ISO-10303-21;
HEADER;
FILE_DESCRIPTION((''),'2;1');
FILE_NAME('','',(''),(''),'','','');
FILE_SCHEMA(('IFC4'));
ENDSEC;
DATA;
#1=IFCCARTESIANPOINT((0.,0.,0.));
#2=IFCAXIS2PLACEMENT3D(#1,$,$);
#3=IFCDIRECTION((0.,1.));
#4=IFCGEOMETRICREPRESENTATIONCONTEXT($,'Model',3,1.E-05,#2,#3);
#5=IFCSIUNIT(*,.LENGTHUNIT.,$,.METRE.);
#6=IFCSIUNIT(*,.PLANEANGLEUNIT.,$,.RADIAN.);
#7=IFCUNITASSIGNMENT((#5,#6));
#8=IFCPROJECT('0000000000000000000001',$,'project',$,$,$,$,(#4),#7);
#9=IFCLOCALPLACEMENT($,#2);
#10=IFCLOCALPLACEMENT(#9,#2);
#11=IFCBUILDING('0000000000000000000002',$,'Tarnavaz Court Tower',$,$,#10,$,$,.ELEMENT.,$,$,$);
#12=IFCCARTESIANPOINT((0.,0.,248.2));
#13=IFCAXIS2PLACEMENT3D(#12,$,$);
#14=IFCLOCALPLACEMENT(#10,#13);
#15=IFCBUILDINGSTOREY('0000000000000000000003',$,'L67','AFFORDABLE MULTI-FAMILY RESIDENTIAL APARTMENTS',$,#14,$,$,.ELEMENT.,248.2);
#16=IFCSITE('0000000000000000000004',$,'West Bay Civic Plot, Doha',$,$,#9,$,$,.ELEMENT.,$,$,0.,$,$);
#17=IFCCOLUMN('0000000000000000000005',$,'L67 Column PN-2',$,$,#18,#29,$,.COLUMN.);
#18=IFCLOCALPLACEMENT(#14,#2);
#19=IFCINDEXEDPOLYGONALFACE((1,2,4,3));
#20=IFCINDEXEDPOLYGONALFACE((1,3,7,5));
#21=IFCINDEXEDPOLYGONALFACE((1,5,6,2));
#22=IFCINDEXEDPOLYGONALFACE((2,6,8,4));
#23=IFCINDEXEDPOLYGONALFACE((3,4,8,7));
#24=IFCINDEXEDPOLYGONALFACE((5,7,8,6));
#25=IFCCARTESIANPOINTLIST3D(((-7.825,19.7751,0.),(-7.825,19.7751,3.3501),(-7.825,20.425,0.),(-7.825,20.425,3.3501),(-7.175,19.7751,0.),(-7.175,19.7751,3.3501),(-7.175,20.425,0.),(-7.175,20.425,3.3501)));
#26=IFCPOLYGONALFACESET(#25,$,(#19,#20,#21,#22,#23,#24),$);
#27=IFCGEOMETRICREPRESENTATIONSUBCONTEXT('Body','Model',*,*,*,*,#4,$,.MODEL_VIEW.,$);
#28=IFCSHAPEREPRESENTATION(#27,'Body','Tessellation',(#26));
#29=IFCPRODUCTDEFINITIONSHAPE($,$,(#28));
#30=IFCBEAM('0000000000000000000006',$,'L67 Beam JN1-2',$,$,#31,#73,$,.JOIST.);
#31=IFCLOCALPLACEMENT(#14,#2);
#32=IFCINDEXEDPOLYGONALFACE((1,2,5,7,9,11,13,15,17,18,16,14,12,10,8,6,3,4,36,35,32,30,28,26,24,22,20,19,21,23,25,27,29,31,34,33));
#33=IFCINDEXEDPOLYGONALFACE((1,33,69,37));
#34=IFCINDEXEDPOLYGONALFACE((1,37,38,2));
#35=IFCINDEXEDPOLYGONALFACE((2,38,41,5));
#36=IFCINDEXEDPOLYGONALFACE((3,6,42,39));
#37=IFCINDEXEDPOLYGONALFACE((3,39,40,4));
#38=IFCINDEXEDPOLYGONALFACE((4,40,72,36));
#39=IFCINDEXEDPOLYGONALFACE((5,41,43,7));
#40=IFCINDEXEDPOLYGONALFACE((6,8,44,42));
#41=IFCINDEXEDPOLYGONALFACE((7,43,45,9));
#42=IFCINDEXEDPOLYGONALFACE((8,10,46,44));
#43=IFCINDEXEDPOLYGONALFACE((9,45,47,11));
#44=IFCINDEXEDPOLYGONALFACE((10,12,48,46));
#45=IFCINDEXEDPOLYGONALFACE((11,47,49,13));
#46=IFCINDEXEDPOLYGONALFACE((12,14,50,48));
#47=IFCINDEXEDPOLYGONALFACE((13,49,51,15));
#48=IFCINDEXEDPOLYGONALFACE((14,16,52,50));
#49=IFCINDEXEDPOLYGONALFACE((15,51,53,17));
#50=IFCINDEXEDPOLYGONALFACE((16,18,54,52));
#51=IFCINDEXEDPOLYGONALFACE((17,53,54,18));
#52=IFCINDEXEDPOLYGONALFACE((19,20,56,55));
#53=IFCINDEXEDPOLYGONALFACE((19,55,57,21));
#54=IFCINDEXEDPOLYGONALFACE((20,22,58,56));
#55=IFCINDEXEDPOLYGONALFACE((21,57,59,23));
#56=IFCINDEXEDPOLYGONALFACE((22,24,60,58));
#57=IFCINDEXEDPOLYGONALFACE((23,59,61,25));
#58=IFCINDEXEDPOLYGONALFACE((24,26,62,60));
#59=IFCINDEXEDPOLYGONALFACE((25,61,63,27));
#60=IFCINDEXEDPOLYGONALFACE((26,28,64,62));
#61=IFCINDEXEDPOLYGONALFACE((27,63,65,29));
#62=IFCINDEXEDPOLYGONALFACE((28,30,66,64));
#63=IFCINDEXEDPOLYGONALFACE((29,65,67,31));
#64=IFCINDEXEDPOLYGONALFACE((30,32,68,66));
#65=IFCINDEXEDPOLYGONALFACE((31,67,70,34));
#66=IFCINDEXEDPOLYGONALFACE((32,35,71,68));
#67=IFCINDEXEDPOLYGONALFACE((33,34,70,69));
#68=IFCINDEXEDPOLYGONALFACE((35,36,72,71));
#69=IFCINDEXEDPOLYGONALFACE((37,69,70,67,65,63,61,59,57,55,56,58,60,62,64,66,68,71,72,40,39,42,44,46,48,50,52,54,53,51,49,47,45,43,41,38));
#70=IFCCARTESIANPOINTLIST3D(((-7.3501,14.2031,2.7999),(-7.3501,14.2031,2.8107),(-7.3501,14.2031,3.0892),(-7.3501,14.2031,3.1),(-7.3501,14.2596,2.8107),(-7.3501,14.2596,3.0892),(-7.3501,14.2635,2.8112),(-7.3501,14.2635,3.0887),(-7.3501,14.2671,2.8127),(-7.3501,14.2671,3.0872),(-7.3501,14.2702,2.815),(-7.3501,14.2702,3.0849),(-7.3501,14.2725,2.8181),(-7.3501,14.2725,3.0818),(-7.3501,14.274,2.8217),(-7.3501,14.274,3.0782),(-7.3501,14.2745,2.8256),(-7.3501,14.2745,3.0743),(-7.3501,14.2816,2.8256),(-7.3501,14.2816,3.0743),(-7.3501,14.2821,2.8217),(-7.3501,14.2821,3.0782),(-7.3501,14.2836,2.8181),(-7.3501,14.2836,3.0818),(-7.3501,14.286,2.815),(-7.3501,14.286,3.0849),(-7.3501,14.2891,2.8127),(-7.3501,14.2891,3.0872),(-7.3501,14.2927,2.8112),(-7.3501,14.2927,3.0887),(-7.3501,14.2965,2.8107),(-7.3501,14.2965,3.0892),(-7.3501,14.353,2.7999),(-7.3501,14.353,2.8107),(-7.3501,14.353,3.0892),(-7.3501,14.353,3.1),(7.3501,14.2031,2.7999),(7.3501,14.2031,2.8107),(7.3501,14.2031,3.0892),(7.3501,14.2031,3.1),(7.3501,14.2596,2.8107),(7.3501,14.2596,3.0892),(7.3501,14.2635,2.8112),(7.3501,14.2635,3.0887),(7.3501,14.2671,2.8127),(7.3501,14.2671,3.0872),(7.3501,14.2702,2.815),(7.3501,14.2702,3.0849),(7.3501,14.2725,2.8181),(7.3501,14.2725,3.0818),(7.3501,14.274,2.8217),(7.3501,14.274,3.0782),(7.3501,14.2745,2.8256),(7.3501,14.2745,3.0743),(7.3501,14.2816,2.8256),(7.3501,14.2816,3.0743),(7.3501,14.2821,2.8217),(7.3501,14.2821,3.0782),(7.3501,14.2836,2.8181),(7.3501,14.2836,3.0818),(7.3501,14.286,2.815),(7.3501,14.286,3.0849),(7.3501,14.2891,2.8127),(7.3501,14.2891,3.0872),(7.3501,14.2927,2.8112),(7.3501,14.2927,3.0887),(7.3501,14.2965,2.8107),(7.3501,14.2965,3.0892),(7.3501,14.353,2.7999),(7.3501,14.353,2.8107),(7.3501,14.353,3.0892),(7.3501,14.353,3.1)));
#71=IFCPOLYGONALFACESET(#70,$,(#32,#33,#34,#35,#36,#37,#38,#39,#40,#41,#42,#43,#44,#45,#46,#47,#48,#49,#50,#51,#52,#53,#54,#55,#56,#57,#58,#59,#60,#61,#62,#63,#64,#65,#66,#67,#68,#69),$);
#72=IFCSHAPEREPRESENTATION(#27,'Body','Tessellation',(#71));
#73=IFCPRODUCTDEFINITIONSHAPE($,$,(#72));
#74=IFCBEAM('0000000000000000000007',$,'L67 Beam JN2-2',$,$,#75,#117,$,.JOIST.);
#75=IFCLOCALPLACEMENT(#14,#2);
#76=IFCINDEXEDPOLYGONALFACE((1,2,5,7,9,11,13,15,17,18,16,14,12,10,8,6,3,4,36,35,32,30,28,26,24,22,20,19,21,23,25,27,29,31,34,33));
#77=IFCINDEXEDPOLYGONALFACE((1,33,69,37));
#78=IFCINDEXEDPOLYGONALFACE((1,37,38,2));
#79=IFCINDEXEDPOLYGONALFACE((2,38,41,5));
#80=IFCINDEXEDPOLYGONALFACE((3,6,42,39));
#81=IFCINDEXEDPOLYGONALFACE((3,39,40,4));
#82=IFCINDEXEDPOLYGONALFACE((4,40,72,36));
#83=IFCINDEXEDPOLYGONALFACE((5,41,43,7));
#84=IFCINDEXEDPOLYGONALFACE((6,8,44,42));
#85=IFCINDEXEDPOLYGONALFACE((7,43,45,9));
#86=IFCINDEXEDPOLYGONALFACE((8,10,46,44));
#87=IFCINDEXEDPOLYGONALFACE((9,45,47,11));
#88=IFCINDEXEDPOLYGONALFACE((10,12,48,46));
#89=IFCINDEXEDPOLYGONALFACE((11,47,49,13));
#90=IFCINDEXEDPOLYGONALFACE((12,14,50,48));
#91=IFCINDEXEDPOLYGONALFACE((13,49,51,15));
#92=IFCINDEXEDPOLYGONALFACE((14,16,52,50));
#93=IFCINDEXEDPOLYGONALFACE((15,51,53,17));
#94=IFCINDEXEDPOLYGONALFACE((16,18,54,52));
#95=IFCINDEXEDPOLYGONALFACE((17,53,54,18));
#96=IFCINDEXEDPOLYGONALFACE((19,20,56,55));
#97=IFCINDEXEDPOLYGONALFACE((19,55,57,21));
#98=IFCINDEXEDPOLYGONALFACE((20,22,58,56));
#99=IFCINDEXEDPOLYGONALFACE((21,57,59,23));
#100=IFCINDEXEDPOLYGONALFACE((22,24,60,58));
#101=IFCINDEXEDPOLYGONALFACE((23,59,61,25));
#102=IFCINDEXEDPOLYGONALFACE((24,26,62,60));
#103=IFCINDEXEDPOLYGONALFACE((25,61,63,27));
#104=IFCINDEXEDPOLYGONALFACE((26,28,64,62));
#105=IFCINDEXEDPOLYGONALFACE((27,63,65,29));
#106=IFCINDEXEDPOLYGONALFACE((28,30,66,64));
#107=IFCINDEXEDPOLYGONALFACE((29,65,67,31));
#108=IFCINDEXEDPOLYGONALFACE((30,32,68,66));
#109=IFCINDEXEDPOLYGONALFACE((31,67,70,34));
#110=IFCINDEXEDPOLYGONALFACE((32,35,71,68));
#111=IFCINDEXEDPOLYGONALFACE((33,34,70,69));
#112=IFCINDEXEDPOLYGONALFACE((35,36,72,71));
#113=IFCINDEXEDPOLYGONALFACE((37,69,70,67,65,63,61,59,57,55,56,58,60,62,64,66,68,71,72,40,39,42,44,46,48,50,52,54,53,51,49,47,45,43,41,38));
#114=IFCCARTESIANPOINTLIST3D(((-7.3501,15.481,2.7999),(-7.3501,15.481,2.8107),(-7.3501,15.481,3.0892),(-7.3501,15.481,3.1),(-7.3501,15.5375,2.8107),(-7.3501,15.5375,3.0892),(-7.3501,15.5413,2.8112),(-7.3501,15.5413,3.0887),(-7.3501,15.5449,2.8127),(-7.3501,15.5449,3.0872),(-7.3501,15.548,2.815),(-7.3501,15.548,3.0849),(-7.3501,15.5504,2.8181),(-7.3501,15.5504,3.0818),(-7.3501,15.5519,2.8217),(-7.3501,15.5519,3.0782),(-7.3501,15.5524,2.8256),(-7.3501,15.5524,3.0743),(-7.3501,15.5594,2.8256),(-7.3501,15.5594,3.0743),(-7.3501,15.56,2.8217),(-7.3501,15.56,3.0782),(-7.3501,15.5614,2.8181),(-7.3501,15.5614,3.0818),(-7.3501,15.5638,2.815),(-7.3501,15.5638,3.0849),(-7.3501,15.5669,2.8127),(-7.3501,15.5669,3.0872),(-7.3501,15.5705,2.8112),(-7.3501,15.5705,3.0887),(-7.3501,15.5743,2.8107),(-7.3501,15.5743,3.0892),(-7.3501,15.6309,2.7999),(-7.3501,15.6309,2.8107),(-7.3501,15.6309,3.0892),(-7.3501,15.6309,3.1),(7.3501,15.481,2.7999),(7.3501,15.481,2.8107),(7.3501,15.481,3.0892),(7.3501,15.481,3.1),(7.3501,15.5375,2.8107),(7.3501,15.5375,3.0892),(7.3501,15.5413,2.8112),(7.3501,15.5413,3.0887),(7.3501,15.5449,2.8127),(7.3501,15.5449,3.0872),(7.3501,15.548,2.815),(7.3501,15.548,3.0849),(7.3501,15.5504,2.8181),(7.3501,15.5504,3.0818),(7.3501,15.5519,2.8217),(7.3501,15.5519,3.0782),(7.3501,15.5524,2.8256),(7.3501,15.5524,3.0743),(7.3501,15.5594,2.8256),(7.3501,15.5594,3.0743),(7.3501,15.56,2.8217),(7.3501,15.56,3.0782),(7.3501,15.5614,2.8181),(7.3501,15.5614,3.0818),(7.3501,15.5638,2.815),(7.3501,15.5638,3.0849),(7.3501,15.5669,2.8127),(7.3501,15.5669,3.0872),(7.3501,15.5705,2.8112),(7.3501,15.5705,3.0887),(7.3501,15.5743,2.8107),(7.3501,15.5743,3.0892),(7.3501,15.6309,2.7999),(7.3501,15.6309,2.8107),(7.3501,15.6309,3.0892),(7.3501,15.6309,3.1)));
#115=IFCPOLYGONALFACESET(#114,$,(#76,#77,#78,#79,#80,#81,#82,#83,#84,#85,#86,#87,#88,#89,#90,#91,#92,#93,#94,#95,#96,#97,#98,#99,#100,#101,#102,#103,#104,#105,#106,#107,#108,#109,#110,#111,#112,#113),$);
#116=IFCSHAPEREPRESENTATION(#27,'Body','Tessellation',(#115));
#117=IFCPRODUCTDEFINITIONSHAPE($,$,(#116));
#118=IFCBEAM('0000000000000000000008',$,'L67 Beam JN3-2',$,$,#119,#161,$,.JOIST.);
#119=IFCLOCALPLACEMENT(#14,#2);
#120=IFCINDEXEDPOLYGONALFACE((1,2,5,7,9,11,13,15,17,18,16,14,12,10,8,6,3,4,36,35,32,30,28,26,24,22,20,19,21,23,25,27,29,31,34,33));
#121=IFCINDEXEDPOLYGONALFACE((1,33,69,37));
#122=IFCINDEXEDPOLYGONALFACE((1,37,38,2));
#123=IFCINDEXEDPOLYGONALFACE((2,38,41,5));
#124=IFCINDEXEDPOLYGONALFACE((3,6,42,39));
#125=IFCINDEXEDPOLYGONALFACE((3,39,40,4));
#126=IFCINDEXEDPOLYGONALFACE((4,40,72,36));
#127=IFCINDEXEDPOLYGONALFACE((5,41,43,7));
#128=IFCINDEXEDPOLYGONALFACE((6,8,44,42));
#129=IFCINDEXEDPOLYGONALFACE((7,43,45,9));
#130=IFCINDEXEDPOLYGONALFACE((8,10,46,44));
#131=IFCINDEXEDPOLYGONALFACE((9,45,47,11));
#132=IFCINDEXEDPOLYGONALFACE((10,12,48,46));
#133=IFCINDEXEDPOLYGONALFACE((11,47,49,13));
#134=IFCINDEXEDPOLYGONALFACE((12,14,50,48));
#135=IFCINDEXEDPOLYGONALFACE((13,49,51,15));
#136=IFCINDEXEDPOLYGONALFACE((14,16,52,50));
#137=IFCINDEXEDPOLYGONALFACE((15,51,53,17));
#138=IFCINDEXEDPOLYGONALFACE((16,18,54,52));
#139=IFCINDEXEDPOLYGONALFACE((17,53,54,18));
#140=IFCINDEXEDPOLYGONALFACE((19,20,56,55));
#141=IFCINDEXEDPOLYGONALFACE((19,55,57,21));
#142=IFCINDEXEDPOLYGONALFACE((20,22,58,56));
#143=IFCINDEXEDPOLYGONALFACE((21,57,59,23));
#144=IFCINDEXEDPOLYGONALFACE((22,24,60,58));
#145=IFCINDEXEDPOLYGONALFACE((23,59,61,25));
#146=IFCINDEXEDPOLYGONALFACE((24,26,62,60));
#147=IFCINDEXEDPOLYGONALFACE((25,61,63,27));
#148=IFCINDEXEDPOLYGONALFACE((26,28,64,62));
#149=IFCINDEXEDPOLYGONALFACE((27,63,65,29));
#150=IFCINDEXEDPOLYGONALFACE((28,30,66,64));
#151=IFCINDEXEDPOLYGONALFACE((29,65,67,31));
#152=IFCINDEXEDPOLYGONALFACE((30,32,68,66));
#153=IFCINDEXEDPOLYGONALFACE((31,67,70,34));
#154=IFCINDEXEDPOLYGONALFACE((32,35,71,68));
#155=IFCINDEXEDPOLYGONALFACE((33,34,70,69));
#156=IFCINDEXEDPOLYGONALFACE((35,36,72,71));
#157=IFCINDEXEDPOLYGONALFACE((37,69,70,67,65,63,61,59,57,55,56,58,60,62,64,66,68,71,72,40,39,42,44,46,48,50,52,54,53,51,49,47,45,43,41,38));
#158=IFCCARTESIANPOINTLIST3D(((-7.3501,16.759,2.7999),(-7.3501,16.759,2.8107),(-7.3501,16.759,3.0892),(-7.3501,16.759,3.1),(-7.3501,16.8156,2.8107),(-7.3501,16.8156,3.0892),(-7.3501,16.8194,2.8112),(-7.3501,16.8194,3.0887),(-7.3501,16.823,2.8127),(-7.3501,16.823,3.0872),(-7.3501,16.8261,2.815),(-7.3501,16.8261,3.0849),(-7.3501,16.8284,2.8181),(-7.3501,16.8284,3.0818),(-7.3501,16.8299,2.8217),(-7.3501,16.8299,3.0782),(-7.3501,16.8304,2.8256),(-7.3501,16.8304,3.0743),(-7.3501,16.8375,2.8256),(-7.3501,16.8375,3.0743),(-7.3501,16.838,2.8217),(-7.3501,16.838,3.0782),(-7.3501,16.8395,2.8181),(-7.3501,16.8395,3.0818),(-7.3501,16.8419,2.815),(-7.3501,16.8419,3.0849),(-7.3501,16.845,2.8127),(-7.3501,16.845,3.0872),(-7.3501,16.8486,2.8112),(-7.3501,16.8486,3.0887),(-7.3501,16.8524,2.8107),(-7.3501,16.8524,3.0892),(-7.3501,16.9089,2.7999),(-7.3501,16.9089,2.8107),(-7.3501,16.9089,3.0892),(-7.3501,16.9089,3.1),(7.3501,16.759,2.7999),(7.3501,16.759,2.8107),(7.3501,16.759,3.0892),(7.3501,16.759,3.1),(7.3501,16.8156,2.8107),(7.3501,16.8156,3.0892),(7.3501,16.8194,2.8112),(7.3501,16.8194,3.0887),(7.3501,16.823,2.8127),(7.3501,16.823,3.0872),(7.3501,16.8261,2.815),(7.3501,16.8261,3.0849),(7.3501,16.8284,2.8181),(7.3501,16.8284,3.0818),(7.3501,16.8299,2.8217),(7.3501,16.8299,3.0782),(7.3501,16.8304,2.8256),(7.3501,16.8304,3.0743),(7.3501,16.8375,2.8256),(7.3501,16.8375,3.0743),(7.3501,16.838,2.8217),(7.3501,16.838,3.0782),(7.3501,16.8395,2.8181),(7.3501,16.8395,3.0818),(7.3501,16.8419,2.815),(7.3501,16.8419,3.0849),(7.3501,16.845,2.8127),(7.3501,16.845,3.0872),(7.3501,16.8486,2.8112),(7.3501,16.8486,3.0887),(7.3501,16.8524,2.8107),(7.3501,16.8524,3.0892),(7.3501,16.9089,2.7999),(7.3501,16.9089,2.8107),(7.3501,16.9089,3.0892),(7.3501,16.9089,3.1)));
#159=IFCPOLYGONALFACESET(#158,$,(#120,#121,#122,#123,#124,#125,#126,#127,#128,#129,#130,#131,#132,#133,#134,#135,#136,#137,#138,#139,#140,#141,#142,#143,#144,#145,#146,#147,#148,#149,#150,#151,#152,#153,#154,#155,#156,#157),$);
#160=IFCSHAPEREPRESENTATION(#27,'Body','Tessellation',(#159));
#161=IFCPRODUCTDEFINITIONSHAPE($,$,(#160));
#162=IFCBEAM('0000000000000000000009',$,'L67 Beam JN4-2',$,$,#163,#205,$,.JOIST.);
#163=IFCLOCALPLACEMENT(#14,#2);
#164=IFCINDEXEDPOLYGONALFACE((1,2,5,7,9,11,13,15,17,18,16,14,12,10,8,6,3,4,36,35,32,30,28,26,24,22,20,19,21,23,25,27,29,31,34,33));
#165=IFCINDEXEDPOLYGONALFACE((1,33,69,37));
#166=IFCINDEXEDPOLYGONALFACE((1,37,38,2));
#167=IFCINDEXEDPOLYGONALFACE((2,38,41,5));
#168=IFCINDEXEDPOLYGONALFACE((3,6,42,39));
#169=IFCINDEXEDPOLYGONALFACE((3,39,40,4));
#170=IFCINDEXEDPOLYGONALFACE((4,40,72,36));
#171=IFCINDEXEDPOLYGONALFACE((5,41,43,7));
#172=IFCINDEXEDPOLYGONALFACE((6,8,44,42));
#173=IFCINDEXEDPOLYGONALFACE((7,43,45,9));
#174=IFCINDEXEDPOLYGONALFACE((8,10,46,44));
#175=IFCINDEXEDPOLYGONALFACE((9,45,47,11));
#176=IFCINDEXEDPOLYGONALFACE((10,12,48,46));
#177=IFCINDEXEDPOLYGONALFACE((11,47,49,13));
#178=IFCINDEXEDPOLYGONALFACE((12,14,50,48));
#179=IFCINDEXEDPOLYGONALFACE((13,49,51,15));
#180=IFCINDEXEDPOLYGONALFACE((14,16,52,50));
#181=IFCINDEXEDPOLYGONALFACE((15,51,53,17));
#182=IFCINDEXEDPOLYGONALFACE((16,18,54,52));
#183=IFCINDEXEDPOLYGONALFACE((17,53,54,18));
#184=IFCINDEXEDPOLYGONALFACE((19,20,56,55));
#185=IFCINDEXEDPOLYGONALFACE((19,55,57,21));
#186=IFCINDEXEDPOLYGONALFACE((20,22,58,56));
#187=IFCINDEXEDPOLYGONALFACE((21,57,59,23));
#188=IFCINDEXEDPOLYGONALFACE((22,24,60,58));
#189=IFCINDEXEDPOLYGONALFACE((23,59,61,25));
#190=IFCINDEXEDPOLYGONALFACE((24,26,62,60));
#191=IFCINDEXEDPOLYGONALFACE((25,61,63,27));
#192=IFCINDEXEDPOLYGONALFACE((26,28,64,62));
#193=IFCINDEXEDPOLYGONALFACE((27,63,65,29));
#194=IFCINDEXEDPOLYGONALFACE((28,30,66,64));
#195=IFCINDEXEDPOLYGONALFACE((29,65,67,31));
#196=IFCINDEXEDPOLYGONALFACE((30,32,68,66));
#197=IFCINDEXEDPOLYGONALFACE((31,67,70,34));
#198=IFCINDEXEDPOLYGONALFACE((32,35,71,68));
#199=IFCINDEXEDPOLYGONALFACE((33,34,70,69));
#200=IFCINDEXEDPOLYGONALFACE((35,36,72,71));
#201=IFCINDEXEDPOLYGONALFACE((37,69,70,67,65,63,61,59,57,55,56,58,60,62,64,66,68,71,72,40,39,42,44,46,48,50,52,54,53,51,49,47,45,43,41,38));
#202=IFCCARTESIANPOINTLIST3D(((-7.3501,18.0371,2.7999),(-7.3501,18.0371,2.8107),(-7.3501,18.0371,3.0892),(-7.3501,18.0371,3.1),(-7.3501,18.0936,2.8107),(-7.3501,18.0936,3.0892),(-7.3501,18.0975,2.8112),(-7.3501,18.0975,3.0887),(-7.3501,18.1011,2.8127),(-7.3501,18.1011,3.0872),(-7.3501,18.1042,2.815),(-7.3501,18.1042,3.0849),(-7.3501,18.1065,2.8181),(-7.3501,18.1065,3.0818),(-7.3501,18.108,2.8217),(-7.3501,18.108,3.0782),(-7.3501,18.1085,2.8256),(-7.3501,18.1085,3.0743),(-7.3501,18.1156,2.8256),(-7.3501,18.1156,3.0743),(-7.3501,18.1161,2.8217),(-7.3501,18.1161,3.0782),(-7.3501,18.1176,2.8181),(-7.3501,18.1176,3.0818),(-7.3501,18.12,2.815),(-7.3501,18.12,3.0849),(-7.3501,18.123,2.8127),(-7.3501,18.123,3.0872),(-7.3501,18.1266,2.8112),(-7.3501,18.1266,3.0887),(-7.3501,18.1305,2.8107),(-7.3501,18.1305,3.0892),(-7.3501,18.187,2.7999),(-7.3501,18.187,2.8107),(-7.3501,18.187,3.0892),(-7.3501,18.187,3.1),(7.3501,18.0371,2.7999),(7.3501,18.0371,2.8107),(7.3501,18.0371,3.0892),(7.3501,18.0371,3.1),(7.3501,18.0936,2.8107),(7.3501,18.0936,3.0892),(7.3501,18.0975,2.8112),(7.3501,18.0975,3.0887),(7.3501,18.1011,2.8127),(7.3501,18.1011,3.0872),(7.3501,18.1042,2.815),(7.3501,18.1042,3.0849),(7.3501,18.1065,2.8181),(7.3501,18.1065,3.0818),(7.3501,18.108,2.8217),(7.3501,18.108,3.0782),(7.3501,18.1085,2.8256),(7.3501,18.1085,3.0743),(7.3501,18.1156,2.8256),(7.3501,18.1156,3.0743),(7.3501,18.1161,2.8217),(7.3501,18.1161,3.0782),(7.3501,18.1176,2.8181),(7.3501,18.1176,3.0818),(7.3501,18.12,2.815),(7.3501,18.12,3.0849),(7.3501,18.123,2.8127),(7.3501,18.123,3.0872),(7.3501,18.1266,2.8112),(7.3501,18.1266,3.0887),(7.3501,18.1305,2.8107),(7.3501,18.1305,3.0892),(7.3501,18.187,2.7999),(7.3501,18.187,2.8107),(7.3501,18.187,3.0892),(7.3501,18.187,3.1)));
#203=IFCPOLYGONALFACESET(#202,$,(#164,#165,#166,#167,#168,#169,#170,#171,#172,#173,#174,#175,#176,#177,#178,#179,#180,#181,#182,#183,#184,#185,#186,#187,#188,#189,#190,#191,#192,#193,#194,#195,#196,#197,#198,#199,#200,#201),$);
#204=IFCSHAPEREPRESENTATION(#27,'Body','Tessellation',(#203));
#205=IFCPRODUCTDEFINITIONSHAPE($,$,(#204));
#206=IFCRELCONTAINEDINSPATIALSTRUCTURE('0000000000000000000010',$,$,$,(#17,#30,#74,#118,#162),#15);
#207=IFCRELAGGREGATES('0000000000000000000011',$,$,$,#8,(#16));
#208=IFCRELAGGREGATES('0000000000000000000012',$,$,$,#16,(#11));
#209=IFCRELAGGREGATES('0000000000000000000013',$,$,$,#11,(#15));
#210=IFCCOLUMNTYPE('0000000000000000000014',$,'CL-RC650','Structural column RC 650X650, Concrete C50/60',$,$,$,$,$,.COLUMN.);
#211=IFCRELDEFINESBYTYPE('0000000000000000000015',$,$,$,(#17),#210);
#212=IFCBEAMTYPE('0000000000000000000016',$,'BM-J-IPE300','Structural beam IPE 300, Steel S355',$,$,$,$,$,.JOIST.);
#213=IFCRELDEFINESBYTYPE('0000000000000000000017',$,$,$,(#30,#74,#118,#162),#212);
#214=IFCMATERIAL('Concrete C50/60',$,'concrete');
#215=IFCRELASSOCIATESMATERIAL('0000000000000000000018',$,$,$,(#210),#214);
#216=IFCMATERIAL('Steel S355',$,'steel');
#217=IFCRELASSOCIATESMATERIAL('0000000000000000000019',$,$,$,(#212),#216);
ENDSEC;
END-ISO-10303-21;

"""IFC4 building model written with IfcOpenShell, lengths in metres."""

from ifc_helpers import new_model, si_unit, direction, frame, origin, origin_2d, place, context, subcontext, project, spatial, rectangle, i_section, extrude, material, material_profile, profile_set, type_object, element, save


model = new_model("IFC4")

# Units and contexts
model_context = context("Model", 3, precision=1e-05, world=origin(), true_north=direction((0.0, 1.0)))
body_context = subcontext(model_context, "Body", "Model", "MODEL_VIEW")
ifc_project = project(units=[si_unit("LENGTHUNIT", "METRE"), si_unit("PLANEANGLEUNIT", "RADIAN")], contexts=[model_context])

# Site, building, storey
site_placement = place(None, origin())
site = spatial("IfcSite", under=ifc_project, at=site_placement, Name="West Bay Civic Plot, Doha", CompositionType="ELEMENT", RefElevation=0.0)
building_placement = place(site_placement, origin())
building = spatial("IfcBuilding", under=site, at=building_placement, Name="Tarnavaz Court Tower", CompositionType="ELEMENT")
storey_placement = place(building_placement, frame((0.0, 0.0, 248.2)))
storey = spatial("IfcBuildingStorey", under=building, at=storey_placement, Name="L67", Description="AFFORDABLE MULTI-FAMILY RESIDENTIAL APARTMENTS", CompositionType="ELEMENT", Elevation=248.2)

# Column
ifc_material_1 = material(Name="Concrete C50/60", Category="concrete")
ifc_material_profile_1 = material_profile(ifc_material_1, rectangle(XDim=0.6499, YDim=0.6499, at=origin_2d()), Name="RC 650X650")
ifc_profile_set_1 = profile_set([ifc_material_profile_1], Name="Concrete C50/60")
column_type = type_object("IfcColumnType", Name="CL-RC650", Description="Structural column RC 650X650, Concrete C50/60", PredefinedType="COLUMN", material=ifc_profile_set_1)
column_placement = place(storey_placement, frame((-7.5, 20.1001, 0.0), z_axis=(0.0, 0.0, 1.0), x_axis=(1.0, 0.0, 0.0)))
element("IfcColumn", 1, at=column_placement, inside=storey, type_object=column_type, Name="L67 Column PN-2", PredefinedType="COLUMN", context=body_context, shape_type="SweptSolid", body=[
    extrude(rectangle(XDim=0.6499, YDim=0.6499, at=origin_2d()), origin(), (0.0, 0.0, 1.0), 3.3501),
])

# Beams
ifc_material_2 = material(Name="Steel S355", Category="steel")
ifc_material_profile_2 = material_profile(ifc_material_2, i_section(OverallWidth=0.1499, OverallDepth=0.3, WebThickness=0.0071, FlangeThickness=0.0107, FilletRadius=0.0149, at=origin_2d()), Name="IPE 300")
ifc_profile_set_2 = profile_set([ifc_material_profile_2], Name="Steel S355")
beam_type_1 = type_object("IfcBeamType", Name="BM-J-IPE300", Description="Structural beam IPE 300, Steel S355", PredefinedType="JOIST", material=ifc_profile_set_2)
for number, where, z_axis, x_axis, name in (
    (2, (-7.3501, 14.2781, 2.95), (1.0, 0.0, 0.0), (0.0, 1.0, 0.0), "L67 Beam JN1-2"),
    (3, (-7.3501, 15.5559, 2.95), (1.0, 0.0, 0.0), (0.0, 1.0, 0.0), "L67 Beam JN2-2"),
    (4, (-7.3501, 16.834, 2.95), (1.0, 0.0, 0.0), (0.0, 1.0, 0.0), "L67 Beam JN3-2"),
    (5, (-7.3501, 18.1121, 2.95), (1.0, 0.0, 0.0), (0.0, 1.0, 0.0), "L67 Beam JN4-2"),
):
    element("IfcBeam", number, at=place(storey_placement, frame(where, z_axis=z_axis, x_axis=x_axis)), inside=storey, type_object=beam_type_1, Name=name, PredefinedType="JOIST", context=body_context, shape_type="SweptSolid", body=[
        extrude(i_section(OverallWidth=0.1499, OverallDepth=0.3, WebThickness=0.0071, FlangeThickness=0.0107, FilletRadius=0.0149, at=origin_2d()), origin(), (0.0, 0.0, 1.0), 14.7002),
    ])

save(model, "model.ifc")
